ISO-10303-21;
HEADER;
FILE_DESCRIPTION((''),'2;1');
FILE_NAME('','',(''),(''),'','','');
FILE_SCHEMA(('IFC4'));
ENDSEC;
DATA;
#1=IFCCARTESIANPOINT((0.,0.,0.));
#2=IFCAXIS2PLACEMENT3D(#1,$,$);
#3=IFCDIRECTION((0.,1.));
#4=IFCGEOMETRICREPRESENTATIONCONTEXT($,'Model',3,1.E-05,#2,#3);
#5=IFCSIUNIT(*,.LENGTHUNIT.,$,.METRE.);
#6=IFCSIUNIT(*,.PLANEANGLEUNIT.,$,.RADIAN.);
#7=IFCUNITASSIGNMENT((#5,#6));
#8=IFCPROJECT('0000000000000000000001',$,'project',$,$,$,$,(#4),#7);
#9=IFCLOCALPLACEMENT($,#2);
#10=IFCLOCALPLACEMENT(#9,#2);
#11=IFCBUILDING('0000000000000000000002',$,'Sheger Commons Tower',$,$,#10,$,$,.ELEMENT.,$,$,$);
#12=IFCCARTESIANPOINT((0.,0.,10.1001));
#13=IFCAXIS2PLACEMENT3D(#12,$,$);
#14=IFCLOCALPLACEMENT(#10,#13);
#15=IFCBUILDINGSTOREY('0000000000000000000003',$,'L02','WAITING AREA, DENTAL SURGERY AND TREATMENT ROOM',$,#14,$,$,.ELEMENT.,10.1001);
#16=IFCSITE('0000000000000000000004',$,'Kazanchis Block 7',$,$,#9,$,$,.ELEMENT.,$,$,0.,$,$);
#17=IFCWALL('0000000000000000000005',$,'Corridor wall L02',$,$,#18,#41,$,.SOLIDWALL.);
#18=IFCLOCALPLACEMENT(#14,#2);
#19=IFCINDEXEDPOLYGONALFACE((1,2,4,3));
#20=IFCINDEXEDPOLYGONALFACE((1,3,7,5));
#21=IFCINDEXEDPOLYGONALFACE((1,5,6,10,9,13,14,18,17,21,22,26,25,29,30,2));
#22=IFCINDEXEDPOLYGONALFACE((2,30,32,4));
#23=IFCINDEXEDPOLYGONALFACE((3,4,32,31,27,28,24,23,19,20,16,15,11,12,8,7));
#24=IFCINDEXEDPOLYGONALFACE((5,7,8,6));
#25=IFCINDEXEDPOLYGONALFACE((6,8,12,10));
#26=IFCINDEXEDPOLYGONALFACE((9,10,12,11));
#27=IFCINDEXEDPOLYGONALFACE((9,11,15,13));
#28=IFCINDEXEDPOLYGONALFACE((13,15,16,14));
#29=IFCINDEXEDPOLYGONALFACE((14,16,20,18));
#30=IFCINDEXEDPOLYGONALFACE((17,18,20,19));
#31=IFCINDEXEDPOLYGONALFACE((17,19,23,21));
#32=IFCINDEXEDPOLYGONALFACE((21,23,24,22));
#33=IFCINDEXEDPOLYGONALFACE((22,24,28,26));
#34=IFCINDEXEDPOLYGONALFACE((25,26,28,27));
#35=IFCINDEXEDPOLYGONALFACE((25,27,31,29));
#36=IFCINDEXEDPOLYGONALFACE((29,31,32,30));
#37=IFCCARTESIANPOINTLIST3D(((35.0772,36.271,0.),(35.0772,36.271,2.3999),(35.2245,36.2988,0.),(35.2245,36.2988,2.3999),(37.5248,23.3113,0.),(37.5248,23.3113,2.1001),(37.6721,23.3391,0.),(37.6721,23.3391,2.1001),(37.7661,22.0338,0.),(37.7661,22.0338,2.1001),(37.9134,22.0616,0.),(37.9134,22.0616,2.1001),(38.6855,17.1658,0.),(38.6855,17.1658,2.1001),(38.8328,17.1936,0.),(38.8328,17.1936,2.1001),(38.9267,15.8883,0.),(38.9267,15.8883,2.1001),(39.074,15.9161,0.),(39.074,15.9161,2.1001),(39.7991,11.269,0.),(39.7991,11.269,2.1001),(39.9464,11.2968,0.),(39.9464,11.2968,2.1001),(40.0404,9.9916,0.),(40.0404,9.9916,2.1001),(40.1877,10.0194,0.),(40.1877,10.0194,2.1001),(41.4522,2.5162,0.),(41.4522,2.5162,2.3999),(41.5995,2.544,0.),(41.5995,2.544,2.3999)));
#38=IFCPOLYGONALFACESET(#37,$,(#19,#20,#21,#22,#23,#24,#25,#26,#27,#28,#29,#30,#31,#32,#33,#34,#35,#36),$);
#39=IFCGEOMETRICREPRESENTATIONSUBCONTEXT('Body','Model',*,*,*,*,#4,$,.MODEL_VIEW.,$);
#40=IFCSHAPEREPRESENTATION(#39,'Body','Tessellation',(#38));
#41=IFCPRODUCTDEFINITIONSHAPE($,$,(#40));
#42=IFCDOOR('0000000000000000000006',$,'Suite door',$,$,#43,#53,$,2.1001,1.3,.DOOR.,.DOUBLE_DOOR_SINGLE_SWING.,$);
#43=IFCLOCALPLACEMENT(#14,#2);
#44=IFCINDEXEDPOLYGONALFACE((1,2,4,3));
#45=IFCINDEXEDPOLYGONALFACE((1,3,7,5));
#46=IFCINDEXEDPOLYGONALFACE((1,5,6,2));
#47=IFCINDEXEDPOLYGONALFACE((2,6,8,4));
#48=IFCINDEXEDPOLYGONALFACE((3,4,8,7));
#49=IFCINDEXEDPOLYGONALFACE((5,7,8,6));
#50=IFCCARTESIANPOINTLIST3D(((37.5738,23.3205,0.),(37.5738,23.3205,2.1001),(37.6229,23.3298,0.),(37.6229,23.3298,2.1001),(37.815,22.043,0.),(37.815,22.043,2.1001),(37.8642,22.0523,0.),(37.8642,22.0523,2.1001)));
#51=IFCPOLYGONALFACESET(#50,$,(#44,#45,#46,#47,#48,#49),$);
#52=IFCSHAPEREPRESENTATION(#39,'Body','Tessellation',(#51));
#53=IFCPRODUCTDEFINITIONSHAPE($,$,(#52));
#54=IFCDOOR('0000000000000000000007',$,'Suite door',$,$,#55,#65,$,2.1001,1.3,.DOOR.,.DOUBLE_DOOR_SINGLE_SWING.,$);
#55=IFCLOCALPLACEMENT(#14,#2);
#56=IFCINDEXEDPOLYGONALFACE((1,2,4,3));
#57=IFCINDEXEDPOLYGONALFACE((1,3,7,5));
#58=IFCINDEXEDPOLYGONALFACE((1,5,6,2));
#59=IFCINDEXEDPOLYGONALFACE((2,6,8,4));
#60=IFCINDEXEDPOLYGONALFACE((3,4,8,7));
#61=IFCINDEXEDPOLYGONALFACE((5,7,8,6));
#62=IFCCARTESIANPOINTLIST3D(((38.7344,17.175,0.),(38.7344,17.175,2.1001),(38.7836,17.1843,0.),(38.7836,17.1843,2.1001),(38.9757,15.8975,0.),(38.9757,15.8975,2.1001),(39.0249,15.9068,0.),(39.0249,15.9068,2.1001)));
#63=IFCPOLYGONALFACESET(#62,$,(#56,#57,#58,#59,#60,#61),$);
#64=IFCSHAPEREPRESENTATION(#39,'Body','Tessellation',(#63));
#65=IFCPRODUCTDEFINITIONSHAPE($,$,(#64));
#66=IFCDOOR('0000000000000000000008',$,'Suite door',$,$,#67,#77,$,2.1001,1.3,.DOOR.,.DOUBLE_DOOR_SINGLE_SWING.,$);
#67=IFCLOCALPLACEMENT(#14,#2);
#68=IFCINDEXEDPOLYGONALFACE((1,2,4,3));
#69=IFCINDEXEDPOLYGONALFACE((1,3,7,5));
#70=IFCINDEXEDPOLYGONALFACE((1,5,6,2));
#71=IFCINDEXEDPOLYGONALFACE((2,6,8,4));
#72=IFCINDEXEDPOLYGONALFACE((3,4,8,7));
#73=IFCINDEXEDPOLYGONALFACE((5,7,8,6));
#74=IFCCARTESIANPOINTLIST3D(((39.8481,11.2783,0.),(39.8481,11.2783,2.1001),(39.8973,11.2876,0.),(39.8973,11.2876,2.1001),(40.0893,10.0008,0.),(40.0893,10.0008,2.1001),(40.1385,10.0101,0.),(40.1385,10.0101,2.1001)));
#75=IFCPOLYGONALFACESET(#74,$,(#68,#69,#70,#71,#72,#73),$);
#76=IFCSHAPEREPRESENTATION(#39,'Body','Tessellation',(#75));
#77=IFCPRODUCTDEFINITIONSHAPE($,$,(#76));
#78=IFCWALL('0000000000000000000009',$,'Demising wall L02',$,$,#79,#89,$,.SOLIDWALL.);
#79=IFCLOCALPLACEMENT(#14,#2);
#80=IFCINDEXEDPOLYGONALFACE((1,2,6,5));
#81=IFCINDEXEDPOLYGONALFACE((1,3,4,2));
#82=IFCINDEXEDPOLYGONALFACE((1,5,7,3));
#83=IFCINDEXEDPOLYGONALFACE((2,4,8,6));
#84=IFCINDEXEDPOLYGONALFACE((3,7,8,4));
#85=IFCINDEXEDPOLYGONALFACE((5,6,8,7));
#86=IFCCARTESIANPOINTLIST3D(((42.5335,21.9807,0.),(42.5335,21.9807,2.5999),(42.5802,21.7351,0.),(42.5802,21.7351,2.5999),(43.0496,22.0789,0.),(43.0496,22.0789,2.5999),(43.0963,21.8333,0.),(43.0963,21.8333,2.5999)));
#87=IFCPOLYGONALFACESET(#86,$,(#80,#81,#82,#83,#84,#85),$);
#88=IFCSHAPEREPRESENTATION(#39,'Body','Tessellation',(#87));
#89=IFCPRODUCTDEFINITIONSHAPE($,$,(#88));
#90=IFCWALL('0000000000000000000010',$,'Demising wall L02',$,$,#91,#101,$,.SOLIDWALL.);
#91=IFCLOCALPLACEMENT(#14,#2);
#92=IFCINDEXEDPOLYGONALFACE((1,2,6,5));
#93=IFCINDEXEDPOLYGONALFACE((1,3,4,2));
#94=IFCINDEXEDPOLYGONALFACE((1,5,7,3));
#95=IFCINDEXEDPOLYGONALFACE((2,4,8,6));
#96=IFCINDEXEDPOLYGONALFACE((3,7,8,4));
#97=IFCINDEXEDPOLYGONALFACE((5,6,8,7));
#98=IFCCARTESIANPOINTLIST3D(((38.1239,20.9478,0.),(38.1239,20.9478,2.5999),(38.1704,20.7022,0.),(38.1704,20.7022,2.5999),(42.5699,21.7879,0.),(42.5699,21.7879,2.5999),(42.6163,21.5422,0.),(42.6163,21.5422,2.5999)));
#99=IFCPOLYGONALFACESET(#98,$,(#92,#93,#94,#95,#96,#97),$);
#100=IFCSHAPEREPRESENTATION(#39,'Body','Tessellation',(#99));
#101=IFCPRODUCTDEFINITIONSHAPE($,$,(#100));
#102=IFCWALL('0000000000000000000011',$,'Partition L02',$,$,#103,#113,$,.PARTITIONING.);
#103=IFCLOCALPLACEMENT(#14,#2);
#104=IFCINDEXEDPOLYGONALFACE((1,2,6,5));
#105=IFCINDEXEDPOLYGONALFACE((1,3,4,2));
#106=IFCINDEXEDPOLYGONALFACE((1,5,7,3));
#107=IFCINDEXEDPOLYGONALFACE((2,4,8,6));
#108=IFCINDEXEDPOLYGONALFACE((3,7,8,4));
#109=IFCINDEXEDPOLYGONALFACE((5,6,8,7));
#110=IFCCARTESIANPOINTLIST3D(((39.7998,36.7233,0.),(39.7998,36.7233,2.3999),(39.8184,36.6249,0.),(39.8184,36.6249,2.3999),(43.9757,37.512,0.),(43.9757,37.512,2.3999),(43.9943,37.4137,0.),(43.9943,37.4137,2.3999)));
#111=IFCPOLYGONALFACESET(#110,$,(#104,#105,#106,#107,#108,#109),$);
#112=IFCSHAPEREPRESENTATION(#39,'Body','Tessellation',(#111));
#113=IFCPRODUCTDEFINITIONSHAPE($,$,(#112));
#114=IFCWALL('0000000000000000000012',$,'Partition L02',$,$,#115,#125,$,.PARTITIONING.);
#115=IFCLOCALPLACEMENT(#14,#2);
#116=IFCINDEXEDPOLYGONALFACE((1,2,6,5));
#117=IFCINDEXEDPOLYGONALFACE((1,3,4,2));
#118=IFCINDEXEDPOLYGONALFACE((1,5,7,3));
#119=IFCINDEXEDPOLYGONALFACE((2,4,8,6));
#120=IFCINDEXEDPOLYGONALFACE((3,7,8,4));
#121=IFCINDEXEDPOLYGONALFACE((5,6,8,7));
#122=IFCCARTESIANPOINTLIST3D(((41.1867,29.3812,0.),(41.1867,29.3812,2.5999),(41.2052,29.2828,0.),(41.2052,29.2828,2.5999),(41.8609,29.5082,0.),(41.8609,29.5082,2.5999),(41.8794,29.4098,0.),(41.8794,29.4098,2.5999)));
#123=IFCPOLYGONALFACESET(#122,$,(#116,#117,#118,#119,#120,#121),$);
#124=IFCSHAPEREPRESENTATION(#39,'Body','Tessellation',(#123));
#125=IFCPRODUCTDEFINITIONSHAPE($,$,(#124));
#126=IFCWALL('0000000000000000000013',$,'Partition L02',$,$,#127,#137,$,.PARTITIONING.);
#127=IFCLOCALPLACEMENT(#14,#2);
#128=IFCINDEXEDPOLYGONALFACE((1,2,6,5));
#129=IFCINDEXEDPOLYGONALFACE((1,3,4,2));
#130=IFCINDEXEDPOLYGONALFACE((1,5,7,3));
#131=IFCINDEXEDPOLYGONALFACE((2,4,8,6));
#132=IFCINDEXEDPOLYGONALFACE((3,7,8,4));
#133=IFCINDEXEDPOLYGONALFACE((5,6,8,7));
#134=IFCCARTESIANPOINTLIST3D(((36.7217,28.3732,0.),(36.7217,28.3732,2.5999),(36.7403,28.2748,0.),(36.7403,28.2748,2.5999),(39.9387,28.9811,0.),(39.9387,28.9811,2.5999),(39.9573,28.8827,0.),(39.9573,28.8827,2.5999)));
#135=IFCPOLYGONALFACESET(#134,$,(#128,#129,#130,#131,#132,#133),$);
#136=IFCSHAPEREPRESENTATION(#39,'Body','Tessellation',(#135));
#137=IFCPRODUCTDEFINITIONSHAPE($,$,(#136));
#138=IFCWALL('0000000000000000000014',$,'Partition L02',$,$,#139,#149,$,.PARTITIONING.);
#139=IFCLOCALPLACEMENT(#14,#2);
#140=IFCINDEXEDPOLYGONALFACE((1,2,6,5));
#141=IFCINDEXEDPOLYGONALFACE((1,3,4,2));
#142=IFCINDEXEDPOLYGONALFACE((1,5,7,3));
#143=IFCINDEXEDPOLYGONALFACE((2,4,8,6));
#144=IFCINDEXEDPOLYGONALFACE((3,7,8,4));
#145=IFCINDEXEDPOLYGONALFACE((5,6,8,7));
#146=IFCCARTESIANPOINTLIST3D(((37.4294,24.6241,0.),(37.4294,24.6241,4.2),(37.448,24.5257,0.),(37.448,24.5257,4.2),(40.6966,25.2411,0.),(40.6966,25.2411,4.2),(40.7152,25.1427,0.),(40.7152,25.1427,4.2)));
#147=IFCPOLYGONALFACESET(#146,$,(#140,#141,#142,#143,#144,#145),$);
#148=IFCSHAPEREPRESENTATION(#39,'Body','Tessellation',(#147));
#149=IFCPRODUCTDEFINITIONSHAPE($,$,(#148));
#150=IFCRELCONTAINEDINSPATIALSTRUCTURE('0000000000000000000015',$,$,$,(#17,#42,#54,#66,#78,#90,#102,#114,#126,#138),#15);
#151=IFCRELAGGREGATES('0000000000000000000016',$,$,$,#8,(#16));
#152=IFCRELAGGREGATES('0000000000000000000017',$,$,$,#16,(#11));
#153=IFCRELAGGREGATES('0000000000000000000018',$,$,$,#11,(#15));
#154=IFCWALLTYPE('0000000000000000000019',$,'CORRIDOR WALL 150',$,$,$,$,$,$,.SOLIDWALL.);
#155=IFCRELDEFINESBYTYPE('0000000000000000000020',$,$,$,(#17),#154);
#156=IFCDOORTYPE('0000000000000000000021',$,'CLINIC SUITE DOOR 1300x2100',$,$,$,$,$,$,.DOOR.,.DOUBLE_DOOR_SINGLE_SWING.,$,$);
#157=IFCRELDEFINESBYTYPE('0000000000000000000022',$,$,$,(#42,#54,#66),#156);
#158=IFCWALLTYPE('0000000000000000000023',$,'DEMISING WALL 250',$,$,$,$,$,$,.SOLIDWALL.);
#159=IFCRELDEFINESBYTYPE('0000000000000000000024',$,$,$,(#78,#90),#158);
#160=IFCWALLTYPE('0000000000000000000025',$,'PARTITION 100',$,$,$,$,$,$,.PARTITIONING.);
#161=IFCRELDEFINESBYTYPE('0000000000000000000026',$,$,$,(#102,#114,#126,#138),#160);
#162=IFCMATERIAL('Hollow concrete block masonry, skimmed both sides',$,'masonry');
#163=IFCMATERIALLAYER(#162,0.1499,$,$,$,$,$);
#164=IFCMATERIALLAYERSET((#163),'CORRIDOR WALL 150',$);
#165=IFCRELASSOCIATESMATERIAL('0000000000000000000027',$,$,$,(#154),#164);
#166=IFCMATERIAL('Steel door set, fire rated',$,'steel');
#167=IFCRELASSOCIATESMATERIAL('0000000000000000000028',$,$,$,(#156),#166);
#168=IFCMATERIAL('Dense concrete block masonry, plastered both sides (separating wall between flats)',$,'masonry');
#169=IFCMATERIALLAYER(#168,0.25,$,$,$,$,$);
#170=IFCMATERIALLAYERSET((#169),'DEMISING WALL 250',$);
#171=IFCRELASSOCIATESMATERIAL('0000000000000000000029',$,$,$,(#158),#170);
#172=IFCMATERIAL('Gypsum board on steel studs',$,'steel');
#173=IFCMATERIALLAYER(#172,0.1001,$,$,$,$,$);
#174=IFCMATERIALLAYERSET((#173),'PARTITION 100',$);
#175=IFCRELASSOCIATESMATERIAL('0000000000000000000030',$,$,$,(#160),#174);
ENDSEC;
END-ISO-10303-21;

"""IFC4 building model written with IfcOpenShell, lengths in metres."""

from ifc_helpers import new_model, si_unit, direction, frame, frame_2d, origin, place, context, subcontext, project, spatial, rectangle, extrude, material, layer, layer_set, type_object, element, fill, save


model = new_model("IFC4")

# Units and contexts
model_context = context("Model", 3, precision=1e-05, world=origin(), true_north=direction((0.0, 1.0)))
body_context = subcontext(model_context, "Body", "Model", "MODEL_VIEW")
ifc_project = project(units=[si_unit("LENGTHUNIT", "METRE"), si_unit("PLANEANGLEUNIT", "RADIAN")], contexts=[model_context])

# Site, building, storey
site_placement = place(None, origin())
site = spatial("IfcSite", under=ifc_project, at=site_placement, Name="Kazanchis Block 7", CompositionType="ELEMENT", RefElevation=0.0)
building_placement = place(site_placement, origin())
building = spatial("IfcBuilding", under=site, at=building_placement, Name="Sheger Commons Tower", CompositionType="ELEMENT")
storey_placement = place(building_placement, frame((0.0, 0.0, 10.1001)))
storey = spatial("IfcBuildingStorey", under=building, at=storey_placement, Name="L02", Description="WAITING AREA, DENTAL SURGERY AND TREATMENT ROOM", CompositionType="ELEMENT", Elevation=10.1001)

# Wall, openings, doors
ifc_material_1 = material(Name="Hollow concrete block masonry, skimmed both sides", Category="masonry")
ifc_layer_1 = layer(ifc_material_1, 0.1499)
ifc_layer_set_1 = layer_set([ifc_layer_1], Name="CORRIDOR WALL 150")
wall_type_1 = type_object("IfcWallType", Name="CORRIDOR WALL 150", PredefinedType="SOLIDWALL", material=ifc_layer_set_1)
wall_1_placement = place(storey_placement, frame((35.1509, 36.2849, 0.0), z_axis=(0.0, 0.0, 1.0), x_axis=(0.185581, -0.982629, 0.0)))
wall_1 = element("IfcWall", 1, at=wall_1_placement, inside=storey, type_object=wall_type_1, Name="Corridor wall L02", PredefinedType="SOLIDWALL", context=body_context, shape_type="SweptSolid", body=[
    extrude(rectangle(XDim=34.3516, YDim=0.1499, at=frame_2d((17.1758, 0.0))), origin(), (0.0, 0.0, 1.0), 2.3999),
])
opening_1_placement = place(wall_1_placement, frame((13.189, 0.0, 0.0)))
opening_1 = element("IfcOpeningElement", 2, at=opening_1_placement, cuts=wall_1, PredefinedType="OPENING", context=body_context, shape_type="SweptSolid", body=[
    extrude(rectangle(XDim=1.3, YDim=2.1001, at=frame_2d((0.6499, 1.05))), frame((0.0, 0.085, 0.0), z_axis=(0.0, -1.0, 0.0), x_axis=(1.0, 0.0, 0.0)), (0.0, 0.0, 1.0), 0.1699),
])
opening_2_placement = place(wall_1_placement, frame((19.4431, 0.0, 0.0)))
opening_2 = element("IfcOpeningElement", 3, at=opening_2_placement, cuts=wall_1, PredefinedType="OPENING", context=body_context, shape_type="SweptSolid", body=[
    extrude(rectangle(XDim=1.3, YDim=2.1001, at=frame_2d((0.6499, 1.05))), frame((0.0, 0.085, 0.0), z_axis=(0.0, -1.0, 0.0), x_axis=(1.0, 0.0, 0.0)), (0.0, 0.0, 1.0), 0.1699),
])
opening_3_placement = place(wall_1_placement, frame((25.4441, 0.0, 0.0)))
opening_3 = element("IfcOpeningElement", 4, at=opening_3_placement, cuts=wall_1, PredefinedType="OPENING", context=body_context, shape_type="SweptSolid", body=[
    extrude(rectangle(XDim=1.3, YDim=2.1001, at=frame_2d((0.6499, 1.05))), frame((0.0, 0.085, 0.0), z_axis=(0.0, -1.0, 0.0), x_axis=(1.0, 0.0, 0.0)), (0.0, 0.0, 1.0), 0.1699),
])
ifc_material_2 = material(Name="Steel door set, fire rated", Category="steel")
door_type_1 = type_object("IfcDoorType", Name="CLINIC SUITE DOOR 1300x2100", OperationType="DOUBLE_DOOR_SINGLE_SWING", PredefinedType="DOOR", material=ifc_material_2)
door_1_placement = place(opening_1_placement, origin())
door_1 = element("IfcDoor", 5, at=door_1_placement, inside=storey, type_object=door_type_1, Name="Suite door", OperationType="DOUBLE_DOOR_SINGLE_SWING", OverallHeight=2.1001, OverallWidth=1.3, PredefinedType="DOOR", context=body_context, shape_type="SweptSolid", body=[
    extrude(rectangle(XDim=1.3, YDim=2.1001, at=frame_2d((0.6499, 1.05))), frame((0.0, 0.0249, 0.0), z_axis=(0.0, -1.0, 0.0), x_axis=(1.0, 0.0, 0.0)), (0.0, 0.0, 1.0), 0.05),
])
fill(opening_1, door_1)
door_2_placement = place(opening_2_placement, origin())
door_2 = element("IfcDoor", 6, at=door_2_placement, inside=storey, type_object=door_type_1, Name="Suite door", OperationType="DOUBLE_DOOR_SINGLE_SWING", OverallHeight=2.1001, OverallWidth=1.3, PredefinedType="DOOR", context=body_context, shape_type="SweptSolid", body=[
    extrude(rectangle(XDim=1.3, YDim=2.1001, at=frame_2d((0.6499, 1.05))), frame((0.0, 0.0249, 0.0), z_axis=(0.0, -1.0, 0.0), x_axis=(1.0, 0.0, 0.0)), (0.0, 0.0, 1.0), 0.05),
])
fill(opening_2, door_2)
door_3_placement = place(opening_3_placement, origin())
door_3 = element("IfcDoor", 7, at=door_3_placement, inside=storey, type_object=door_type_1, Name="Suite door", OperationType="DOUBLE_DOOR_SINGLE_SWING", OverallHeight=2.1001, OverallWidth=1.3, PredefinedType="DOOR", context=body_context, shape_type="SweptSolid", body=[
    extrude(rectangle(XDim=1.3, YDim=2.1001, at=frame_2d((0.6499, 1.05))), frame((0.0, 0.0249, 0.0), z_axis=(0.0, -1.0, 0.0), x_axis=(1.0, 0.0, 0.0)), (0.0, 0.0, 1.0), 0.05),
])
fill(opening_3, door_3)

# Walls
ifc_material_3 = material(Name="Dense concrete block masonry, plastered both sides (separating wall between flats)", Category="masonry")
ifc_layer_2 = layer(ifc_material_3, 0.25)
ifc_layer_set_2 = layer_set([ifc_layer_2], Name="DEMISING WALL 250")
wall_type_2 = type_object("IfcWallType", Name="DEMISING WALL 250", PredefinedType="SOLIDWALL", material=ifc_layer_set_2)
wall_2_placement = place(storey_placement, frame((43.073, 21.9561, 0.0), z_axis=(0.0, 0.0, 1.0), x_axis=(-0.982395, -0.186813, 0.0)))
element("IfcWall", 8, at=wall_2_placement, inside=storey, type_object=wall_type_2, Name="Demising wall L02", PredefinedType="SOLIDWALL", context=body_context, shape_type="SweptSolid", body=[
    extrude(rectangle(XDim=0.5254, YDim=0.25, at=frame_2d((0.2627, 0.0))), origin(), (0.0, 0.0, 1.0), 2.5999),
])
wall_3_placement = place(storey_placement, frame((42.593, 21.665, 0.0), z_axis=(0.0, 0.0, 1.0), x_axis=(-0.982613, -0.185666, 0.0)))
element("IfcWall", 9, at=wall_3_placement, inside=storey, type_object=wall_type_2, Name="Demising wall L02", PredefinedType="SOLIDWALL", context=body_context, shape_type="SweptSolid", body=[
    extrude(rectangle(XDim=4.5247, YDim=0.25, at=frame_2d((2.2622, 0.0))), origin(), (0.0, 0.0, 1.0), 2.5999),
])
ifc_material_4 = material(Name="Gypsum board on steel studs", Category="steel")
ifc_layer_3 = layer(ifc_material_4, 0.1001)
ifc_layer_set_3 = layer_set([ifc_layer_3], Name="PARTITION 100")
wall_type_3 = type_object("IfcWallType", Name="PARTITION 100", PredefinedType="PARTITIONING", material=ifc_layer_set_3)
wall_4_placement = place(storey_placement, frame((43.9851, 37.4629, 0.0), z_axis=(0.0, 0.0, 1.0), x_axis=(-0.982624, -0.18561, 0.0)))
element("IfcWall", 10, at=wall_4_placement, inside=storey, type_object=wall_type_3, Name="Partition L02", PredefinedType="PARTITIONING", context=body_context, shape_type="SweptSolid", body=[
    extrude(rectangle(XDim=4.2498, YDim=0.1001, at=frame_2d((2.125, 0.0))), origin(), (0.0, 0.0, 1.0), 2.3999),
])
wall_5_placement = place(storey_placement, frame((41.8701, 29.459, 0.0), z_axis=(0.0, 0.0, 1.0), x_axis=(-0.982723, -0.185084, 0.0)))
element("IfcWall", 11, at=wall_5_placement, inside=storey, type_object=wall_type_3, Name="Partition L02", PredefinedType="PARTITIONING", context=body_context, shape_type="SweptSolid", body=[
    extrude(rectangle(XDim=0.686, YDim=0.1001, at=frame_2d((0.343, 0.0))), origin(), (0.0, 0.0, 1.0), 2.5999),
])
wall_6_placement = place(storey_placement, frame((39.948, 28.9319, 0.0), z_axis=(0.0, 0.0, 1.0), x_axis=(-0.98261, -0.18568, 0.0)))
element("IfcWall", 12, at=wall_6_placement, inside=storey, type_object=wall_type_3, Name="Partition L02", PredefinedType="PARTITIONING", context=body_context, shape_type="SweptSolid", body=[
    extrude(rectangle(XDim=3.2739, YDim=0.1001, at=frame_2d((1.637, 0.0))), origin(), (0.0, 0.0, 1.0), 2.5999),
])
wall_7_placement = place(storey_placement, frame((40.7061, 25.1919, 0.0), z_axis=(0.0, 0.0, 1.0), x_axis=(-0.982634, -0.185556, 0.0)))
element("IfcWall", 13, at=wall_7_placement, inside=storey, type_object=wall_type_3, Name="Partition L02", PredefinedType="PARTITIONING", context=body_context, shape_type="SweptSolid", body=[
    extrude(rectangle(XDim=3.325, YDim=0.1001, at=frame_2d((1.6626, 0.0))), origin(), (0.0, 0.0, 1.0), 4.2),
])

save(model, "model.ifc")
